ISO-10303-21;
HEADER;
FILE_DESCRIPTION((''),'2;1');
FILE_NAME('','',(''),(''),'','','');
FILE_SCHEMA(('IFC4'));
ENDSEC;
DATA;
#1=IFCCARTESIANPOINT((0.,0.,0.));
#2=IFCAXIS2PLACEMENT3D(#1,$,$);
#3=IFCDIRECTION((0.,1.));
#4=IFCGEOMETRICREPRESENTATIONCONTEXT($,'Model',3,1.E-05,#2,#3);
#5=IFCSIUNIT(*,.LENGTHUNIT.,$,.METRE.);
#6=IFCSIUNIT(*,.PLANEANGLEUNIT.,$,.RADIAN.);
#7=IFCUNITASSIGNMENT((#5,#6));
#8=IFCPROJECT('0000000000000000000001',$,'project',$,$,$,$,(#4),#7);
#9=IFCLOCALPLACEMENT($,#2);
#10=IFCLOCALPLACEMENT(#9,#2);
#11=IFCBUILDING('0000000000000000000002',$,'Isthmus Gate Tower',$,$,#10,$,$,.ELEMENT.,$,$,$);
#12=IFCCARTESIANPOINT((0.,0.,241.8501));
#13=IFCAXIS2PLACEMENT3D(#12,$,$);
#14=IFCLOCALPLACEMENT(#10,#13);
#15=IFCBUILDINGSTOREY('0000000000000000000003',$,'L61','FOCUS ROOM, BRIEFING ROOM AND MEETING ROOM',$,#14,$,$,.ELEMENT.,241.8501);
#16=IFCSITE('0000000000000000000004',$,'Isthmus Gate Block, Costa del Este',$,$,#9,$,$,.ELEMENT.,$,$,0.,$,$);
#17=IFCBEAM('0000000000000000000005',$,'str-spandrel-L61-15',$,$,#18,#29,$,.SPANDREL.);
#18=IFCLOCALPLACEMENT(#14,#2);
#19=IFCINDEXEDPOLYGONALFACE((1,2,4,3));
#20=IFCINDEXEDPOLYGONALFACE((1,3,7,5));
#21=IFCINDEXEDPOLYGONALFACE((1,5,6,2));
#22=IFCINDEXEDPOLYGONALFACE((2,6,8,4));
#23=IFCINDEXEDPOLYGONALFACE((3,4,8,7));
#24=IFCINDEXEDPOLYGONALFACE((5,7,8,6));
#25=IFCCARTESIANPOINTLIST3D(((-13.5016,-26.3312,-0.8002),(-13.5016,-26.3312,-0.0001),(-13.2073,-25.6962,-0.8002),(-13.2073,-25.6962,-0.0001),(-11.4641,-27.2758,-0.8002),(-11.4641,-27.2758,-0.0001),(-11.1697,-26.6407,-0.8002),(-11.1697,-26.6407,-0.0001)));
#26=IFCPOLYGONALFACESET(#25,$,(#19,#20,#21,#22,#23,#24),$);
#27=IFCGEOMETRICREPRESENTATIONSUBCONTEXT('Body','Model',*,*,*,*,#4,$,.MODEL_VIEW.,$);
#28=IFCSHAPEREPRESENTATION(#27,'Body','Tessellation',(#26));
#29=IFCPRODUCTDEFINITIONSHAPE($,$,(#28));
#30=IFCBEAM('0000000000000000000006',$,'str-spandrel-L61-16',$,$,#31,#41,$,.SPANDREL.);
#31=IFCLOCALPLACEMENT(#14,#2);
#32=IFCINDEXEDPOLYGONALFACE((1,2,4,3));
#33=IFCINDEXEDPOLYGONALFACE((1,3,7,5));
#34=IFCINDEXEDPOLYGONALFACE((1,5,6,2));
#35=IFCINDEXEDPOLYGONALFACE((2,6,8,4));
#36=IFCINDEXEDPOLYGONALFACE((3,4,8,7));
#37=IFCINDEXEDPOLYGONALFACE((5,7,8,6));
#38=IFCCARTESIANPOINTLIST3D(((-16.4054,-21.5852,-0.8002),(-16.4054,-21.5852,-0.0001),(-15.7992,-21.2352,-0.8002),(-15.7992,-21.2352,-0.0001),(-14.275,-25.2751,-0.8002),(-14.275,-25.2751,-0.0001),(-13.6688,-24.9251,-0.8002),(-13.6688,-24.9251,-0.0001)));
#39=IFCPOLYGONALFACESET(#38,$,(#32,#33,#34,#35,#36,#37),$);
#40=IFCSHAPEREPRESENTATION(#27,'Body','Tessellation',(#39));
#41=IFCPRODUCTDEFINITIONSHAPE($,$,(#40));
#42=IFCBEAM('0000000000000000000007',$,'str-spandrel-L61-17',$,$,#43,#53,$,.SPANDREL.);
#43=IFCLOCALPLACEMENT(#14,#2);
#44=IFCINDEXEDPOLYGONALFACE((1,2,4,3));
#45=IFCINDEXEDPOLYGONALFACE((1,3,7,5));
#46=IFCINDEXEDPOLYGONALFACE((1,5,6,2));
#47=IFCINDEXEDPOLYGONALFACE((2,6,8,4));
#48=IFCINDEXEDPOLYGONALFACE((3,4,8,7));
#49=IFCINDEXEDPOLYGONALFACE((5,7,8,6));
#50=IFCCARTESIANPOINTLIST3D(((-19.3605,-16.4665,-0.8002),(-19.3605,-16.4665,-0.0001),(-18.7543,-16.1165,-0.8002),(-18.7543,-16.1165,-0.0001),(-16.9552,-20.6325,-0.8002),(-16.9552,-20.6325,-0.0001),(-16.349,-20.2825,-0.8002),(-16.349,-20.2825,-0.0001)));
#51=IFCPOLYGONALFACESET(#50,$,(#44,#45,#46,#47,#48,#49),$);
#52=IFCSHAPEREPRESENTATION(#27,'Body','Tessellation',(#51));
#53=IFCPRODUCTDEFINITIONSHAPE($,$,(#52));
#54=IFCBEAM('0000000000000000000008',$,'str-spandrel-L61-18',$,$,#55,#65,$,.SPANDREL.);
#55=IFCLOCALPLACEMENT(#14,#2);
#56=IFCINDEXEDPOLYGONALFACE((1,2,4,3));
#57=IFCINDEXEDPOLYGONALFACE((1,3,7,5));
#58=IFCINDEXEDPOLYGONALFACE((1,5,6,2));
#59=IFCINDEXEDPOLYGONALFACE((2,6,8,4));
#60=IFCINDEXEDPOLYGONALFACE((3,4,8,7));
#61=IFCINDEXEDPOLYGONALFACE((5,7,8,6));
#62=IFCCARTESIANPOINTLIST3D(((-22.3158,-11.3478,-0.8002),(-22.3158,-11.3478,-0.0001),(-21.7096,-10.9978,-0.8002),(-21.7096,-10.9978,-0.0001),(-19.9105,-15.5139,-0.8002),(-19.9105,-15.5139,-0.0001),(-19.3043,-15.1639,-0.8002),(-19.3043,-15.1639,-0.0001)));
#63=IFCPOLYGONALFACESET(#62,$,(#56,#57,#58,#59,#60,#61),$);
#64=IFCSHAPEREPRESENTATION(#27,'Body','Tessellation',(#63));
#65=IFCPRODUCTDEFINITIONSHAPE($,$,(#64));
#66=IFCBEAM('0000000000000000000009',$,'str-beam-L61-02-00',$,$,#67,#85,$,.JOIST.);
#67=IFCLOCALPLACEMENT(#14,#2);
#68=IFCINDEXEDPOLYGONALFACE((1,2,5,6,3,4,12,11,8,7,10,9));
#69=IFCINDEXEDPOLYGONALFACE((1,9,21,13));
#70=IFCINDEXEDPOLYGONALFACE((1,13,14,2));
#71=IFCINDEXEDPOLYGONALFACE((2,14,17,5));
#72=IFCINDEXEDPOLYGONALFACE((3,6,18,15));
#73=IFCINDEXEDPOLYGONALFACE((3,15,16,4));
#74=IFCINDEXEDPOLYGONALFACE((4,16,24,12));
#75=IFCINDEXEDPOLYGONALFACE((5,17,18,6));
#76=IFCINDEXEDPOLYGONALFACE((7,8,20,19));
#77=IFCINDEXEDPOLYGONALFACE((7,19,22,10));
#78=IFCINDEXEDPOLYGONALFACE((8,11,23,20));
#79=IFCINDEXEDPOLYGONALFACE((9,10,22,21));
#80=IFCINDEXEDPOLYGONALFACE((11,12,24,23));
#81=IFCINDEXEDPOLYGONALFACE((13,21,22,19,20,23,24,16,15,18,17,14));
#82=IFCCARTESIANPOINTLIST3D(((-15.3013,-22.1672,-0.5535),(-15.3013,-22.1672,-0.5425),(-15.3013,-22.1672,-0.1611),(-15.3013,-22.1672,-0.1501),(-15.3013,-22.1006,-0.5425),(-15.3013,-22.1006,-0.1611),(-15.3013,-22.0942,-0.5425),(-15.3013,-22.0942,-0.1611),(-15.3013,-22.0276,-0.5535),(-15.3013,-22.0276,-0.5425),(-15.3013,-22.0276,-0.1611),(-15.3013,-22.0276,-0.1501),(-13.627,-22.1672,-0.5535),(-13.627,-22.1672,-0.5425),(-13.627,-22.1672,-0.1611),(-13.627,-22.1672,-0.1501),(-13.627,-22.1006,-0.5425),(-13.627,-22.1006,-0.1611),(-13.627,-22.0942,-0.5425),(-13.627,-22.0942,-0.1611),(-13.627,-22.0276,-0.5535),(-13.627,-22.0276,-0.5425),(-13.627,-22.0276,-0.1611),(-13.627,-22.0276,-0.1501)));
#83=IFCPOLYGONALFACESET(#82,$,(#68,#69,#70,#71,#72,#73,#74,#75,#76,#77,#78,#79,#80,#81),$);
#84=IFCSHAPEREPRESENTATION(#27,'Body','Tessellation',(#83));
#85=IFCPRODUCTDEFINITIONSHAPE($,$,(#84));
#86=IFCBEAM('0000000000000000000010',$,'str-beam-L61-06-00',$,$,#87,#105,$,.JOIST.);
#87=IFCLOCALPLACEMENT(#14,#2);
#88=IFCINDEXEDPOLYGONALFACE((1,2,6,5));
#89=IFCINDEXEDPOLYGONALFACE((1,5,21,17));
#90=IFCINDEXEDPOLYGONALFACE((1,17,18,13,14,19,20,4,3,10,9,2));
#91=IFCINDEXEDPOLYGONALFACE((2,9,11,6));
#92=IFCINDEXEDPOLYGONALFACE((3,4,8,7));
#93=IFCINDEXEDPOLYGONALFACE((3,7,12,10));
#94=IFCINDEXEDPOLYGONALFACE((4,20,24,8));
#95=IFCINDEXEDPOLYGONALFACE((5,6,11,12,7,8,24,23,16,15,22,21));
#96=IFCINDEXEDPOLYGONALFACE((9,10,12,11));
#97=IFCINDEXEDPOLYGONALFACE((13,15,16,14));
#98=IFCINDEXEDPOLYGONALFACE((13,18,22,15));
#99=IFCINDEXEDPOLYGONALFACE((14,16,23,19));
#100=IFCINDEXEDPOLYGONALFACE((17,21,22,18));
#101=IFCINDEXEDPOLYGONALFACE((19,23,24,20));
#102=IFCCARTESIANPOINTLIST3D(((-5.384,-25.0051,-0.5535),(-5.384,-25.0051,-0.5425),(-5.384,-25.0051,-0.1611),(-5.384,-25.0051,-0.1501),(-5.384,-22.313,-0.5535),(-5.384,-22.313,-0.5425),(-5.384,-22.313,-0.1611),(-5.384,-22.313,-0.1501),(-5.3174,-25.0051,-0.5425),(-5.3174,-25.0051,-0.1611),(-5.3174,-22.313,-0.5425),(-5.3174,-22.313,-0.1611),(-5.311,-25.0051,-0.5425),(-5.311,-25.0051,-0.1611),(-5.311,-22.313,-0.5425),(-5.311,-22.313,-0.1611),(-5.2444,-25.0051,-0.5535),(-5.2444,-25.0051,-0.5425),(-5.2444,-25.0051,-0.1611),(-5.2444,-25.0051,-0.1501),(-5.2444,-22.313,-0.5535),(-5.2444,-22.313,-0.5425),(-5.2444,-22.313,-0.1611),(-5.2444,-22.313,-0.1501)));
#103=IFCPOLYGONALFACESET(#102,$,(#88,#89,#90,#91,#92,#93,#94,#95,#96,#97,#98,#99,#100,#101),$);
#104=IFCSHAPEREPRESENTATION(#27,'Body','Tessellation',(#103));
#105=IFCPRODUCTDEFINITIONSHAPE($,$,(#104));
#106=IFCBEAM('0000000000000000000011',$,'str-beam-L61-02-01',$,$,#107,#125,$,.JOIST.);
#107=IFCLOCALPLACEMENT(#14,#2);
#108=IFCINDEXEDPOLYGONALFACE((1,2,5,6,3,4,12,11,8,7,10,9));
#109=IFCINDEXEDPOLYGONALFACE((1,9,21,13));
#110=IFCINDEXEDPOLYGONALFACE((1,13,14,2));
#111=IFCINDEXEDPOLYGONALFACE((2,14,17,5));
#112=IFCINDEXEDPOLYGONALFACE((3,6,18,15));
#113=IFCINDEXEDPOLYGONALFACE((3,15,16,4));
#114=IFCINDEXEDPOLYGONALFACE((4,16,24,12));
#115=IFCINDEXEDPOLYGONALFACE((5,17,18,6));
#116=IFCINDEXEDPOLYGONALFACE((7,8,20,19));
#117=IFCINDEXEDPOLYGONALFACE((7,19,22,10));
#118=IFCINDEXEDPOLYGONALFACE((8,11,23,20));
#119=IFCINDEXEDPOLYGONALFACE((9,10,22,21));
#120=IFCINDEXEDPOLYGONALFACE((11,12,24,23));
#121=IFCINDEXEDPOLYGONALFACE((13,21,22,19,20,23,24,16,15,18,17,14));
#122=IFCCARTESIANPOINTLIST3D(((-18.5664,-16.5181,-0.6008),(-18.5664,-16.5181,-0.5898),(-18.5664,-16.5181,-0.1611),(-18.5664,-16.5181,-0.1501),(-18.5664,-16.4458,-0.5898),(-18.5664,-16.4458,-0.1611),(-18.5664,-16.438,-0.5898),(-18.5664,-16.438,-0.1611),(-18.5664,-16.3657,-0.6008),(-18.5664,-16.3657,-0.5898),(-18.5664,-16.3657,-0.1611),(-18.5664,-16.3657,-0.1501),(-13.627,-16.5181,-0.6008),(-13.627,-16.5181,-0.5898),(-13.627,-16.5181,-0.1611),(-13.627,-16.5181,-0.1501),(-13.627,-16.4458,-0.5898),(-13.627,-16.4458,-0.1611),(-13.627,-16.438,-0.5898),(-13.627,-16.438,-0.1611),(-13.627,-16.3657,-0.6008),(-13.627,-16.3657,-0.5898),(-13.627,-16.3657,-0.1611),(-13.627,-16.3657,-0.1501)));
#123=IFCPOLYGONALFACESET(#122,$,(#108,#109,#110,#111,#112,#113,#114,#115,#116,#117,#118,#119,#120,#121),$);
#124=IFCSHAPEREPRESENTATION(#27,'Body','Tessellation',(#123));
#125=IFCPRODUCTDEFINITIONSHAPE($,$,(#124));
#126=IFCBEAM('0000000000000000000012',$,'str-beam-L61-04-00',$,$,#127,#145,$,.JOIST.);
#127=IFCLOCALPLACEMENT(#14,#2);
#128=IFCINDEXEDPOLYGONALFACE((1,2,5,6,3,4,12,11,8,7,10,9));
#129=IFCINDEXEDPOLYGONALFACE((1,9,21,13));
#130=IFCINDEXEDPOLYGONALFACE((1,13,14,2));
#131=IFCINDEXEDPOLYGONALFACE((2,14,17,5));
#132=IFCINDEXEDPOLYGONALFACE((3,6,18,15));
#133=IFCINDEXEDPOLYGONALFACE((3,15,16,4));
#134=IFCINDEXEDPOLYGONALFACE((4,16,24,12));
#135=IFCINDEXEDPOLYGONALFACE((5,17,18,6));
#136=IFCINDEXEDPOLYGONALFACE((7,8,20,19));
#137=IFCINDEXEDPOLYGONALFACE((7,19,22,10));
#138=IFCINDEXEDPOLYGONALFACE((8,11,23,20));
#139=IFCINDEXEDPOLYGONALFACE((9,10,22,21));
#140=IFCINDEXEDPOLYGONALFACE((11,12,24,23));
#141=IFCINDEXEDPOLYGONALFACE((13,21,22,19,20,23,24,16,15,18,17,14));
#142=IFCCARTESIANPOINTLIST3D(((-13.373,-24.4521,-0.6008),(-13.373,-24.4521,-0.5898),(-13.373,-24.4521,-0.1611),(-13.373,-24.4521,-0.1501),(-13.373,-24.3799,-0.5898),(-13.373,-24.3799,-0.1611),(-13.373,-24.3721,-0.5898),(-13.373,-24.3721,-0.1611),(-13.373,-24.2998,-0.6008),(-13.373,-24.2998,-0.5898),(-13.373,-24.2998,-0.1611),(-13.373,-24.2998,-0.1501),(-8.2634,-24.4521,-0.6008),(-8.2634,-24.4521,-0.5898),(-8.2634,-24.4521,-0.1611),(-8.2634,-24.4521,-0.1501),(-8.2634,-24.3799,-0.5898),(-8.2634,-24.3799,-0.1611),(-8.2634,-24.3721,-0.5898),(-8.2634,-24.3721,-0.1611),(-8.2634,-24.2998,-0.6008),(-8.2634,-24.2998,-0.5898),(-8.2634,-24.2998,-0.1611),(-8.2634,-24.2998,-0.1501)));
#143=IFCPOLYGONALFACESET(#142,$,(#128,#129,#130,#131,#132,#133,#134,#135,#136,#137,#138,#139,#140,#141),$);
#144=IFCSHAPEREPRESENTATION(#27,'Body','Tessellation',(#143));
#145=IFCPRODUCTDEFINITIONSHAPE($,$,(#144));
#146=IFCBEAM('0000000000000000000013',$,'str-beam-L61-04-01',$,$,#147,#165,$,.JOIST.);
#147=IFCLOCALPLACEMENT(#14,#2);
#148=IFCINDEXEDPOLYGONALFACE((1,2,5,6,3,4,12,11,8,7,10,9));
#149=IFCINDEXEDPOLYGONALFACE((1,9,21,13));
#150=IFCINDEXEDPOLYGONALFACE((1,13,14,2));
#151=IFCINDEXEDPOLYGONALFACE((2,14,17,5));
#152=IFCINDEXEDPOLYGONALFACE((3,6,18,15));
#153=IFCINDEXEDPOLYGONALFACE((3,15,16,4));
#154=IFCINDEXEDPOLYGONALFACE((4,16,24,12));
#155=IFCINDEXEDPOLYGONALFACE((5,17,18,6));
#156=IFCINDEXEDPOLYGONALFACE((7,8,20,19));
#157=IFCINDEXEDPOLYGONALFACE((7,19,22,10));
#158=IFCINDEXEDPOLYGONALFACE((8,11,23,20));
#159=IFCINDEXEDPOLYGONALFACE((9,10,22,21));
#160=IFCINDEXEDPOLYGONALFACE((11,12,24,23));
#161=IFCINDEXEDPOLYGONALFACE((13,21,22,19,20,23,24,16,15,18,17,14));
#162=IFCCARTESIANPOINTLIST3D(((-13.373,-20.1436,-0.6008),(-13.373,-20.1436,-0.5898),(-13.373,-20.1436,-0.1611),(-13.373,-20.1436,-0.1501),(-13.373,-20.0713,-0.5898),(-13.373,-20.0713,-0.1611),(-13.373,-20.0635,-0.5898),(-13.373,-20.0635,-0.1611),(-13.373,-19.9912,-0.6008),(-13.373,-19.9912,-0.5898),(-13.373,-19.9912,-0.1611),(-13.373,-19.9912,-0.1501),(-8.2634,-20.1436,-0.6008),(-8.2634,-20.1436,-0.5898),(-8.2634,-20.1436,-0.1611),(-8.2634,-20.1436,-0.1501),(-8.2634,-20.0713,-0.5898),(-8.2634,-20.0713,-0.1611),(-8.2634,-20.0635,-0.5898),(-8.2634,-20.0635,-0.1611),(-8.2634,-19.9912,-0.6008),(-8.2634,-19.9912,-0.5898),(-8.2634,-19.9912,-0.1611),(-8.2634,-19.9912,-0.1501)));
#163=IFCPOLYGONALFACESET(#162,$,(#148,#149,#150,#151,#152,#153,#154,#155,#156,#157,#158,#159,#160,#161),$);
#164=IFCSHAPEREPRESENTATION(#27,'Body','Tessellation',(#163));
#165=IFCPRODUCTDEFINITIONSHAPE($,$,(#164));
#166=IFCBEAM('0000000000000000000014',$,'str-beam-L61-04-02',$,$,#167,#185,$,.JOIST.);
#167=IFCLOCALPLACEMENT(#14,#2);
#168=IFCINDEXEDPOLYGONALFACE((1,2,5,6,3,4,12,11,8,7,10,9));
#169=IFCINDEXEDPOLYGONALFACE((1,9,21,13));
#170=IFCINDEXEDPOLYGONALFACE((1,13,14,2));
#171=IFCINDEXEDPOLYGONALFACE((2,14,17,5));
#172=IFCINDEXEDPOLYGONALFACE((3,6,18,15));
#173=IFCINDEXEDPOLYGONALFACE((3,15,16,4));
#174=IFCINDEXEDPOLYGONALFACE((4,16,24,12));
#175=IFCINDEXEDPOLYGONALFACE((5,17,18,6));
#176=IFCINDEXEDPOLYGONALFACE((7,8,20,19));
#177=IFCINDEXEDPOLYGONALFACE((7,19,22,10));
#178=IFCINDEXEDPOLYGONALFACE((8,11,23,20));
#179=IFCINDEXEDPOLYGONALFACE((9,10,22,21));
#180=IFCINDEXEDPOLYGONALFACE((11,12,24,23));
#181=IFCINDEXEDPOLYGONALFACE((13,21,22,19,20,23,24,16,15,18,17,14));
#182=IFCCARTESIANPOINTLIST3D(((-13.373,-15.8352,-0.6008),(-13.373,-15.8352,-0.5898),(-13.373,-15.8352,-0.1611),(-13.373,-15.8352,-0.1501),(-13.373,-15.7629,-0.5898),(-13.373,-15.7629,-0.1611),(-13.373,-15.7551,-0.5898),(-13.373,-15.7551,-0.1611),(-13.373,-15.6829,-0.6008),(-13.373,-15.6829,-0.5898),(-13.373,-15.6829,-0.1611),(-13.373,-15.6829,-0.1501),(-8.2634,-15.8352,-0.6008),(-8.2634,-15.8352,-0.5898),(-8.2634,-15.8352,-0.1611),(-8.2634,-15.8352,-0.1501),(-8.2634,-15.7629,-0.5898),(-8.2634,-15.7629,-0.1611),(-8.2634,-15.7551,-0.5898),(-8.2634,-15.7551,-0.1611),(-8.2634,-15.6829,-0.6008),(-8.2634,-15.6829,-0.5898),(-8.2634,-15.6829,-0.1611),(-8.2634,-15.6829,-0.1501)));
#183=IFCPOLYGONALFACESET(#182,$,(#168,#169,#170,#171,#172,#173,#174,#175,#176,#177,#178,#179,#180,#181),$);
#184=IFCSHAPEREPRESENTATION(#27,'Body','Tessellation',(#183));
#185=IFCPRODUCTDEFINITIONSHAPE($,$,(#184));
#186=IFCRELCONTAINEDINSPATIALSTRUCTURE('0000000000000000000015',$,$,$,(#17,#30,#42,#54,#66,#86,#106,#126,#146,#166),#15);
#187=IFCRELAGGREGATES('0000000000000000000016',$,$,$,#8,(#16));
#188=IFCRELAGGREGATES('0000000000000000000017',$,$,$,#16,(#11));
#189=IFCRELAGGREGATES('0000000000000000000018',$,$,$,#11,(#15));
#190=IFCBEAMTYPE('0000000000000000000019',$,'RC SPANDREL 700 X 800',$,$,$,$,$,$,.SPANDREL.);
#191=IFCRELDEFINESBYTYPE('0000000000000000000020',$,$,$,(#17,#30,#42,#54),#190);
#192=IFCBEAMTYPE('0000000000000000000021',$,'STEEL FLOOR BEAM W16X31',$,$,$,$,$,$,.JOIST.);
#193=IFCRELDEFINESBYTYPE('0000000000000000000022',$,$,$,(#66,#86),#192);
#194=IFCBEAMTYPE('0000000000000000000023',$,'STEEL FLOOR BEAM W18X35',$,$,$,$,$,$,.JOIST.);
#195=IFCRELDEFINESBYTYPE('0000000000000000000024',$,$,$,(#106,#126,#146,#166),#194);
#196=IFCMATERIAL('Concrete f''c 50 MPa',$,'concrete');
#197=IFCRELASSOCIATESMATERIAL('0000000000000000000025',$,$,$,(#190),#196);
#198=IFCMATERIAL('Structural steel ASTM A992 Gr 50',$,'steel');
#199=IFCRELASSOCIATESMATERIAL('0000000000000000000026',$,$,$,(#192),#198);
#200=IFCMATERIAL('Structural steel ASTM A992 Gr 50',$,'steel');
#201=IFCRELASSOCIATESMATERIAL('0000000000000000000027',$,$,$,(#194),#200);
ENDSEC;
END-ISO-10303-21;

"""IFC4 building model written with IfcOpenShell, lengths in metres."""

from ifc_helpers import new_model, si_unit, direction, frame, origin, origin_2d, place, context, subcontext, project, spatial, rectangle, i_section, extrude, material, material_profile, profile_set, type_object, element, save


model = new_model("IFC4")

# Units and contexts
model_context = context("Model", 3, precision=1e-05, world=origin(), true_north=direction((0.0, 1.0)))
body_context = subcontext(model_context, "Body", "Model", "MODEL_VIEW")
ifc_project = project(units=[si_unit("LENGTHUNIT", "METRE"), si_unit("PLANEANGLEUNIT", "RADIAN")], contexts=[model_context])

# Site, building, storey
site_placement = place(None, origin())
site = spatial("IfcSite", under=ifc_project, at=site_placement, Name="Isthmus Gate Block, Costa del Este", CompositionType="ELEMENT", RefElevation=0.0)
building_placement = place(site_placement, origin())
building = spatial("IfcBuilding", under=site, at=building_placement, Name="Isthmus Gate Tower", CompositionType="ELEMENT")
storey_placement = place(building_placement, frame((0.0, 0.0, 241.8501)))
storey = spatial("IfcBuildingStorey", under=building, at=storey_placement, Name="L61", Description="FOCUS ROOM, BRIEFING ROOM AND MEETING ROOM", CompositionType="ELEMENT", Elevation=241.8501)

# Beams
ifc_material_1 = material(Name="Concrete f'c 50 MPa", Category="concrete")
ifc_material_profile_1 = material_profile(ifc_material_1, rectangle(XDim=0.7, YDim=0.8, at=origin_2d()), Name="RC 700X800")
ifc_profile_set_1 = profile_set([ifc_material_profile_1], Name="Concrete f'c 50 MPa")
beam_type_1 = type_object("IfcBeamType", Name="RC SPANDREL 700 X 800", PredefinedType="SPANDREL", material=ifc_profile_set_1)
beam_1_placement = place(storey_placement, frame((-11.3169, -26.9583, -0.4001), z_axis=(-0.907255, 0.420581, 0.0), x_axis=(-0.420581, -0.907255, 0.0)))
element("IfcBeam", 1, at=beam_1_placement, inside=storey, type_object=beam_type_1, Name="str-spandrel-L61-15", PredefinedType="SPANDREL", context=body_context, shape_type="SweptSolid", body=[
    extrude(rectangle(XDim=0.7, YDim=0.8, at=origin_2d()), origin(), (0.0, 0.0, 1.0), 2.2458),
])
beam_2_placement = place(storey_placement, frame((-13.9719, -25.1001, -0.4001), z_axis=(-0.499997, 0.866027, 0.0), x_axis=(-0.866027, -0.499997, 0.0)))
element("IfcBeam", 2, at=beam_2_placement, inside=storey, type_object=beam_type_1, Name="str-spandrel-L61-16", PredefinedType="SPANDREL", context=body_context, shape_type="SweptSolid", body=[
    extrude(rectangle(XDim=0.7, YDim=0.8, at=origin_2d()), origin(), (0.0, 0.0, 1.0), 4.2607),
])
for number, where, z_axis, x_axis, name in (
    (3, (-16.6521, -20.4575, -0.4001), (-0.500004, 0.866023, 0.0), (-0.866023, -0.500004, 0.0), "str-spandrel-L61-17"),
    (4, (-19.6074, -15.3389, -0.4001), (-0.500004, 0.866023, 0.0), (-0.866023, -0.500004, 0.0), "str-spandrel-L61-18"),
):
    element("IfcBeam", number, at=place(storey_placement, frame(where, z_axis=z_axis, x_axis=x_axis)), inside=storey, type_object=beam_type_1, Name=name, PredefinedType="SPANDREL", context=body_context, shape_type="SweptSolid", body=[
        extrude(rectangle(XDim=0.7, YDim=0.8, at=origin_2d()), origin(), (0.0, 0.0, 1.0), 4.8105),
    ])
ifc_material_2 = material(Name="Structural steel ASTM A992 Gr 50", Category="steel")
ifc_material_profile_2 = material_profile(ifc_material_2, i_section(OverallWidth=0.1396, OverallDepth=0.4033, WebThickness=0.0063, FlangeThickness=0.011, at=origin_2d()), Name="W16X31")
ifc_profile_set_2 = profile_set([ifc_material_profile_2], Name="Structural steel ASTM A992 Gr 50")
beam_type_2 = type_object("IfcBeamType", Name="STEEL FLOOR BEAM W16X31", PredefinedType="JOIST", material=ifc_profile_set_2)
beam_3_placement = place(storey_placement, frame((-15.3013, -22.0974, -0.3518), z_axis=(1.0, 0.0, 0.0), x_axis=(0.0, 1.0, 0.0)))
element("IfcBeam", 5, at=beam_3_placement, inside=storey, type_object=beam_type_2, Name="str-beam-L61-02-00", PredefinedType="JOIST", context=body_context, shape_type="SweptSolid", body=[
    extrude(i_section(OverallWidth=0.1396, OverallDepth=0.4033, WebThickness=0.0063, FlangeThickness=0.011, at=origin_2d()), origin(), (0.0, 0.0, 1.0), 1.6743),
])
beam_4_placement = place(storey_placement, frame((-5.3142, -25.0051, -0.3518), z_axis=(0.0, 1.0, 0.0), x_axis=(-1.0, 0.0, 0.0)))
element("IfcBeam", 6, at=beam_4_placement, inside=storey, type_object=beam_type_2, Name="str-beam-L61-06-00", PredefinedType="JOIST", context=body_context, shape_type="SweptSolid", body=[
    extrude(i_section(OverallWidth=0.1396, OverallDepth=0.4033, WebThickness=0.0063, FlangeThickness=0.011, at=origin_2d()), origin(), (0.0, 0.0, 1.0), 2.6921),
])
ifc_material_3 = material(Name="Structural steel ASTM A992 Gr 50", Category="steel")
ifc_material_profile_3 = material_profile(ifc_material_3, i_section(OverallWidth=0.1523, OverallDepth=0.4507, WebThickness=0.0078, FlangeThickness=0.011, at=origin_2d()), Name="W18X35")
ifc_profile_set_3 = profile_set([ifc_material_profile_3], Name="Structural steel ASTM A992 Gr 50")
beam_type_3 = type_object("IfcBeamType", Name="STEEL FLOOR BEAM W18X35", PredefinedType="JOIST", material=ifc_profile_set_3)
beam_5_placement = place(storey_placement, frame((-18.5664, -16.4419, -0.3755), z_axis=(1.0, 0.0, 0.0), x_axis=(0.0, 1.0, 0.0)))
element("IfcBeam", 7, at=beam_5_placement, inside=storey, type_object=beam_type_3, Name="str-beam-L61-02-01", PredefinedType="JOIST", context=body_context, shape_type="SweptSolid", body=[
    extrude(i_section(OverallWidth=0.1523, OverallDepth=0.4507, WebThickness=0.0078, FlangeThickness=0.011, at=origin_2d()), origin(), (0.0, 0.0, 1.0), 4.9395),
])
for number, where, z_axis, x_axis, name in (
    (8, (-13.373, -24.376, -0.3755), (1.0, 0.0, 0.0), (0.0, 1.0, 0.0), "str-beam-L61-04-00"),
    (9, (-13.373, -20.0674, -0.3755), (1.0, 0.0, 0.0), (0.0, 1.0, 0.0), "str-beam-L61-04-01"),
    (10, (-13.373, -15.759, -0.3755), (1.0, 0.0, 0.0), (0.0, 1.0, 0.0), "str-beam-L61-04-02"),
):
    element("IfcBeam", number, at=place(storey_placement, frame(where, z_axis=z_axis, x_axis=x_axis)), inside=storey, type_object=beam_type_3, Name=name, PredefinedType="JOIST", context=body_context, shape_type="SweptSolid", body=[
        extrude(i_section(OverallWidth=0.1523, OverallDepth=0.4507, WebThickness=0.0078, FlangeThickness=0.011, at=origin_2d()), origin(), (0.0, 0.0, 1.0), 5.1096),
    ])

save(model, "model.ifc")
